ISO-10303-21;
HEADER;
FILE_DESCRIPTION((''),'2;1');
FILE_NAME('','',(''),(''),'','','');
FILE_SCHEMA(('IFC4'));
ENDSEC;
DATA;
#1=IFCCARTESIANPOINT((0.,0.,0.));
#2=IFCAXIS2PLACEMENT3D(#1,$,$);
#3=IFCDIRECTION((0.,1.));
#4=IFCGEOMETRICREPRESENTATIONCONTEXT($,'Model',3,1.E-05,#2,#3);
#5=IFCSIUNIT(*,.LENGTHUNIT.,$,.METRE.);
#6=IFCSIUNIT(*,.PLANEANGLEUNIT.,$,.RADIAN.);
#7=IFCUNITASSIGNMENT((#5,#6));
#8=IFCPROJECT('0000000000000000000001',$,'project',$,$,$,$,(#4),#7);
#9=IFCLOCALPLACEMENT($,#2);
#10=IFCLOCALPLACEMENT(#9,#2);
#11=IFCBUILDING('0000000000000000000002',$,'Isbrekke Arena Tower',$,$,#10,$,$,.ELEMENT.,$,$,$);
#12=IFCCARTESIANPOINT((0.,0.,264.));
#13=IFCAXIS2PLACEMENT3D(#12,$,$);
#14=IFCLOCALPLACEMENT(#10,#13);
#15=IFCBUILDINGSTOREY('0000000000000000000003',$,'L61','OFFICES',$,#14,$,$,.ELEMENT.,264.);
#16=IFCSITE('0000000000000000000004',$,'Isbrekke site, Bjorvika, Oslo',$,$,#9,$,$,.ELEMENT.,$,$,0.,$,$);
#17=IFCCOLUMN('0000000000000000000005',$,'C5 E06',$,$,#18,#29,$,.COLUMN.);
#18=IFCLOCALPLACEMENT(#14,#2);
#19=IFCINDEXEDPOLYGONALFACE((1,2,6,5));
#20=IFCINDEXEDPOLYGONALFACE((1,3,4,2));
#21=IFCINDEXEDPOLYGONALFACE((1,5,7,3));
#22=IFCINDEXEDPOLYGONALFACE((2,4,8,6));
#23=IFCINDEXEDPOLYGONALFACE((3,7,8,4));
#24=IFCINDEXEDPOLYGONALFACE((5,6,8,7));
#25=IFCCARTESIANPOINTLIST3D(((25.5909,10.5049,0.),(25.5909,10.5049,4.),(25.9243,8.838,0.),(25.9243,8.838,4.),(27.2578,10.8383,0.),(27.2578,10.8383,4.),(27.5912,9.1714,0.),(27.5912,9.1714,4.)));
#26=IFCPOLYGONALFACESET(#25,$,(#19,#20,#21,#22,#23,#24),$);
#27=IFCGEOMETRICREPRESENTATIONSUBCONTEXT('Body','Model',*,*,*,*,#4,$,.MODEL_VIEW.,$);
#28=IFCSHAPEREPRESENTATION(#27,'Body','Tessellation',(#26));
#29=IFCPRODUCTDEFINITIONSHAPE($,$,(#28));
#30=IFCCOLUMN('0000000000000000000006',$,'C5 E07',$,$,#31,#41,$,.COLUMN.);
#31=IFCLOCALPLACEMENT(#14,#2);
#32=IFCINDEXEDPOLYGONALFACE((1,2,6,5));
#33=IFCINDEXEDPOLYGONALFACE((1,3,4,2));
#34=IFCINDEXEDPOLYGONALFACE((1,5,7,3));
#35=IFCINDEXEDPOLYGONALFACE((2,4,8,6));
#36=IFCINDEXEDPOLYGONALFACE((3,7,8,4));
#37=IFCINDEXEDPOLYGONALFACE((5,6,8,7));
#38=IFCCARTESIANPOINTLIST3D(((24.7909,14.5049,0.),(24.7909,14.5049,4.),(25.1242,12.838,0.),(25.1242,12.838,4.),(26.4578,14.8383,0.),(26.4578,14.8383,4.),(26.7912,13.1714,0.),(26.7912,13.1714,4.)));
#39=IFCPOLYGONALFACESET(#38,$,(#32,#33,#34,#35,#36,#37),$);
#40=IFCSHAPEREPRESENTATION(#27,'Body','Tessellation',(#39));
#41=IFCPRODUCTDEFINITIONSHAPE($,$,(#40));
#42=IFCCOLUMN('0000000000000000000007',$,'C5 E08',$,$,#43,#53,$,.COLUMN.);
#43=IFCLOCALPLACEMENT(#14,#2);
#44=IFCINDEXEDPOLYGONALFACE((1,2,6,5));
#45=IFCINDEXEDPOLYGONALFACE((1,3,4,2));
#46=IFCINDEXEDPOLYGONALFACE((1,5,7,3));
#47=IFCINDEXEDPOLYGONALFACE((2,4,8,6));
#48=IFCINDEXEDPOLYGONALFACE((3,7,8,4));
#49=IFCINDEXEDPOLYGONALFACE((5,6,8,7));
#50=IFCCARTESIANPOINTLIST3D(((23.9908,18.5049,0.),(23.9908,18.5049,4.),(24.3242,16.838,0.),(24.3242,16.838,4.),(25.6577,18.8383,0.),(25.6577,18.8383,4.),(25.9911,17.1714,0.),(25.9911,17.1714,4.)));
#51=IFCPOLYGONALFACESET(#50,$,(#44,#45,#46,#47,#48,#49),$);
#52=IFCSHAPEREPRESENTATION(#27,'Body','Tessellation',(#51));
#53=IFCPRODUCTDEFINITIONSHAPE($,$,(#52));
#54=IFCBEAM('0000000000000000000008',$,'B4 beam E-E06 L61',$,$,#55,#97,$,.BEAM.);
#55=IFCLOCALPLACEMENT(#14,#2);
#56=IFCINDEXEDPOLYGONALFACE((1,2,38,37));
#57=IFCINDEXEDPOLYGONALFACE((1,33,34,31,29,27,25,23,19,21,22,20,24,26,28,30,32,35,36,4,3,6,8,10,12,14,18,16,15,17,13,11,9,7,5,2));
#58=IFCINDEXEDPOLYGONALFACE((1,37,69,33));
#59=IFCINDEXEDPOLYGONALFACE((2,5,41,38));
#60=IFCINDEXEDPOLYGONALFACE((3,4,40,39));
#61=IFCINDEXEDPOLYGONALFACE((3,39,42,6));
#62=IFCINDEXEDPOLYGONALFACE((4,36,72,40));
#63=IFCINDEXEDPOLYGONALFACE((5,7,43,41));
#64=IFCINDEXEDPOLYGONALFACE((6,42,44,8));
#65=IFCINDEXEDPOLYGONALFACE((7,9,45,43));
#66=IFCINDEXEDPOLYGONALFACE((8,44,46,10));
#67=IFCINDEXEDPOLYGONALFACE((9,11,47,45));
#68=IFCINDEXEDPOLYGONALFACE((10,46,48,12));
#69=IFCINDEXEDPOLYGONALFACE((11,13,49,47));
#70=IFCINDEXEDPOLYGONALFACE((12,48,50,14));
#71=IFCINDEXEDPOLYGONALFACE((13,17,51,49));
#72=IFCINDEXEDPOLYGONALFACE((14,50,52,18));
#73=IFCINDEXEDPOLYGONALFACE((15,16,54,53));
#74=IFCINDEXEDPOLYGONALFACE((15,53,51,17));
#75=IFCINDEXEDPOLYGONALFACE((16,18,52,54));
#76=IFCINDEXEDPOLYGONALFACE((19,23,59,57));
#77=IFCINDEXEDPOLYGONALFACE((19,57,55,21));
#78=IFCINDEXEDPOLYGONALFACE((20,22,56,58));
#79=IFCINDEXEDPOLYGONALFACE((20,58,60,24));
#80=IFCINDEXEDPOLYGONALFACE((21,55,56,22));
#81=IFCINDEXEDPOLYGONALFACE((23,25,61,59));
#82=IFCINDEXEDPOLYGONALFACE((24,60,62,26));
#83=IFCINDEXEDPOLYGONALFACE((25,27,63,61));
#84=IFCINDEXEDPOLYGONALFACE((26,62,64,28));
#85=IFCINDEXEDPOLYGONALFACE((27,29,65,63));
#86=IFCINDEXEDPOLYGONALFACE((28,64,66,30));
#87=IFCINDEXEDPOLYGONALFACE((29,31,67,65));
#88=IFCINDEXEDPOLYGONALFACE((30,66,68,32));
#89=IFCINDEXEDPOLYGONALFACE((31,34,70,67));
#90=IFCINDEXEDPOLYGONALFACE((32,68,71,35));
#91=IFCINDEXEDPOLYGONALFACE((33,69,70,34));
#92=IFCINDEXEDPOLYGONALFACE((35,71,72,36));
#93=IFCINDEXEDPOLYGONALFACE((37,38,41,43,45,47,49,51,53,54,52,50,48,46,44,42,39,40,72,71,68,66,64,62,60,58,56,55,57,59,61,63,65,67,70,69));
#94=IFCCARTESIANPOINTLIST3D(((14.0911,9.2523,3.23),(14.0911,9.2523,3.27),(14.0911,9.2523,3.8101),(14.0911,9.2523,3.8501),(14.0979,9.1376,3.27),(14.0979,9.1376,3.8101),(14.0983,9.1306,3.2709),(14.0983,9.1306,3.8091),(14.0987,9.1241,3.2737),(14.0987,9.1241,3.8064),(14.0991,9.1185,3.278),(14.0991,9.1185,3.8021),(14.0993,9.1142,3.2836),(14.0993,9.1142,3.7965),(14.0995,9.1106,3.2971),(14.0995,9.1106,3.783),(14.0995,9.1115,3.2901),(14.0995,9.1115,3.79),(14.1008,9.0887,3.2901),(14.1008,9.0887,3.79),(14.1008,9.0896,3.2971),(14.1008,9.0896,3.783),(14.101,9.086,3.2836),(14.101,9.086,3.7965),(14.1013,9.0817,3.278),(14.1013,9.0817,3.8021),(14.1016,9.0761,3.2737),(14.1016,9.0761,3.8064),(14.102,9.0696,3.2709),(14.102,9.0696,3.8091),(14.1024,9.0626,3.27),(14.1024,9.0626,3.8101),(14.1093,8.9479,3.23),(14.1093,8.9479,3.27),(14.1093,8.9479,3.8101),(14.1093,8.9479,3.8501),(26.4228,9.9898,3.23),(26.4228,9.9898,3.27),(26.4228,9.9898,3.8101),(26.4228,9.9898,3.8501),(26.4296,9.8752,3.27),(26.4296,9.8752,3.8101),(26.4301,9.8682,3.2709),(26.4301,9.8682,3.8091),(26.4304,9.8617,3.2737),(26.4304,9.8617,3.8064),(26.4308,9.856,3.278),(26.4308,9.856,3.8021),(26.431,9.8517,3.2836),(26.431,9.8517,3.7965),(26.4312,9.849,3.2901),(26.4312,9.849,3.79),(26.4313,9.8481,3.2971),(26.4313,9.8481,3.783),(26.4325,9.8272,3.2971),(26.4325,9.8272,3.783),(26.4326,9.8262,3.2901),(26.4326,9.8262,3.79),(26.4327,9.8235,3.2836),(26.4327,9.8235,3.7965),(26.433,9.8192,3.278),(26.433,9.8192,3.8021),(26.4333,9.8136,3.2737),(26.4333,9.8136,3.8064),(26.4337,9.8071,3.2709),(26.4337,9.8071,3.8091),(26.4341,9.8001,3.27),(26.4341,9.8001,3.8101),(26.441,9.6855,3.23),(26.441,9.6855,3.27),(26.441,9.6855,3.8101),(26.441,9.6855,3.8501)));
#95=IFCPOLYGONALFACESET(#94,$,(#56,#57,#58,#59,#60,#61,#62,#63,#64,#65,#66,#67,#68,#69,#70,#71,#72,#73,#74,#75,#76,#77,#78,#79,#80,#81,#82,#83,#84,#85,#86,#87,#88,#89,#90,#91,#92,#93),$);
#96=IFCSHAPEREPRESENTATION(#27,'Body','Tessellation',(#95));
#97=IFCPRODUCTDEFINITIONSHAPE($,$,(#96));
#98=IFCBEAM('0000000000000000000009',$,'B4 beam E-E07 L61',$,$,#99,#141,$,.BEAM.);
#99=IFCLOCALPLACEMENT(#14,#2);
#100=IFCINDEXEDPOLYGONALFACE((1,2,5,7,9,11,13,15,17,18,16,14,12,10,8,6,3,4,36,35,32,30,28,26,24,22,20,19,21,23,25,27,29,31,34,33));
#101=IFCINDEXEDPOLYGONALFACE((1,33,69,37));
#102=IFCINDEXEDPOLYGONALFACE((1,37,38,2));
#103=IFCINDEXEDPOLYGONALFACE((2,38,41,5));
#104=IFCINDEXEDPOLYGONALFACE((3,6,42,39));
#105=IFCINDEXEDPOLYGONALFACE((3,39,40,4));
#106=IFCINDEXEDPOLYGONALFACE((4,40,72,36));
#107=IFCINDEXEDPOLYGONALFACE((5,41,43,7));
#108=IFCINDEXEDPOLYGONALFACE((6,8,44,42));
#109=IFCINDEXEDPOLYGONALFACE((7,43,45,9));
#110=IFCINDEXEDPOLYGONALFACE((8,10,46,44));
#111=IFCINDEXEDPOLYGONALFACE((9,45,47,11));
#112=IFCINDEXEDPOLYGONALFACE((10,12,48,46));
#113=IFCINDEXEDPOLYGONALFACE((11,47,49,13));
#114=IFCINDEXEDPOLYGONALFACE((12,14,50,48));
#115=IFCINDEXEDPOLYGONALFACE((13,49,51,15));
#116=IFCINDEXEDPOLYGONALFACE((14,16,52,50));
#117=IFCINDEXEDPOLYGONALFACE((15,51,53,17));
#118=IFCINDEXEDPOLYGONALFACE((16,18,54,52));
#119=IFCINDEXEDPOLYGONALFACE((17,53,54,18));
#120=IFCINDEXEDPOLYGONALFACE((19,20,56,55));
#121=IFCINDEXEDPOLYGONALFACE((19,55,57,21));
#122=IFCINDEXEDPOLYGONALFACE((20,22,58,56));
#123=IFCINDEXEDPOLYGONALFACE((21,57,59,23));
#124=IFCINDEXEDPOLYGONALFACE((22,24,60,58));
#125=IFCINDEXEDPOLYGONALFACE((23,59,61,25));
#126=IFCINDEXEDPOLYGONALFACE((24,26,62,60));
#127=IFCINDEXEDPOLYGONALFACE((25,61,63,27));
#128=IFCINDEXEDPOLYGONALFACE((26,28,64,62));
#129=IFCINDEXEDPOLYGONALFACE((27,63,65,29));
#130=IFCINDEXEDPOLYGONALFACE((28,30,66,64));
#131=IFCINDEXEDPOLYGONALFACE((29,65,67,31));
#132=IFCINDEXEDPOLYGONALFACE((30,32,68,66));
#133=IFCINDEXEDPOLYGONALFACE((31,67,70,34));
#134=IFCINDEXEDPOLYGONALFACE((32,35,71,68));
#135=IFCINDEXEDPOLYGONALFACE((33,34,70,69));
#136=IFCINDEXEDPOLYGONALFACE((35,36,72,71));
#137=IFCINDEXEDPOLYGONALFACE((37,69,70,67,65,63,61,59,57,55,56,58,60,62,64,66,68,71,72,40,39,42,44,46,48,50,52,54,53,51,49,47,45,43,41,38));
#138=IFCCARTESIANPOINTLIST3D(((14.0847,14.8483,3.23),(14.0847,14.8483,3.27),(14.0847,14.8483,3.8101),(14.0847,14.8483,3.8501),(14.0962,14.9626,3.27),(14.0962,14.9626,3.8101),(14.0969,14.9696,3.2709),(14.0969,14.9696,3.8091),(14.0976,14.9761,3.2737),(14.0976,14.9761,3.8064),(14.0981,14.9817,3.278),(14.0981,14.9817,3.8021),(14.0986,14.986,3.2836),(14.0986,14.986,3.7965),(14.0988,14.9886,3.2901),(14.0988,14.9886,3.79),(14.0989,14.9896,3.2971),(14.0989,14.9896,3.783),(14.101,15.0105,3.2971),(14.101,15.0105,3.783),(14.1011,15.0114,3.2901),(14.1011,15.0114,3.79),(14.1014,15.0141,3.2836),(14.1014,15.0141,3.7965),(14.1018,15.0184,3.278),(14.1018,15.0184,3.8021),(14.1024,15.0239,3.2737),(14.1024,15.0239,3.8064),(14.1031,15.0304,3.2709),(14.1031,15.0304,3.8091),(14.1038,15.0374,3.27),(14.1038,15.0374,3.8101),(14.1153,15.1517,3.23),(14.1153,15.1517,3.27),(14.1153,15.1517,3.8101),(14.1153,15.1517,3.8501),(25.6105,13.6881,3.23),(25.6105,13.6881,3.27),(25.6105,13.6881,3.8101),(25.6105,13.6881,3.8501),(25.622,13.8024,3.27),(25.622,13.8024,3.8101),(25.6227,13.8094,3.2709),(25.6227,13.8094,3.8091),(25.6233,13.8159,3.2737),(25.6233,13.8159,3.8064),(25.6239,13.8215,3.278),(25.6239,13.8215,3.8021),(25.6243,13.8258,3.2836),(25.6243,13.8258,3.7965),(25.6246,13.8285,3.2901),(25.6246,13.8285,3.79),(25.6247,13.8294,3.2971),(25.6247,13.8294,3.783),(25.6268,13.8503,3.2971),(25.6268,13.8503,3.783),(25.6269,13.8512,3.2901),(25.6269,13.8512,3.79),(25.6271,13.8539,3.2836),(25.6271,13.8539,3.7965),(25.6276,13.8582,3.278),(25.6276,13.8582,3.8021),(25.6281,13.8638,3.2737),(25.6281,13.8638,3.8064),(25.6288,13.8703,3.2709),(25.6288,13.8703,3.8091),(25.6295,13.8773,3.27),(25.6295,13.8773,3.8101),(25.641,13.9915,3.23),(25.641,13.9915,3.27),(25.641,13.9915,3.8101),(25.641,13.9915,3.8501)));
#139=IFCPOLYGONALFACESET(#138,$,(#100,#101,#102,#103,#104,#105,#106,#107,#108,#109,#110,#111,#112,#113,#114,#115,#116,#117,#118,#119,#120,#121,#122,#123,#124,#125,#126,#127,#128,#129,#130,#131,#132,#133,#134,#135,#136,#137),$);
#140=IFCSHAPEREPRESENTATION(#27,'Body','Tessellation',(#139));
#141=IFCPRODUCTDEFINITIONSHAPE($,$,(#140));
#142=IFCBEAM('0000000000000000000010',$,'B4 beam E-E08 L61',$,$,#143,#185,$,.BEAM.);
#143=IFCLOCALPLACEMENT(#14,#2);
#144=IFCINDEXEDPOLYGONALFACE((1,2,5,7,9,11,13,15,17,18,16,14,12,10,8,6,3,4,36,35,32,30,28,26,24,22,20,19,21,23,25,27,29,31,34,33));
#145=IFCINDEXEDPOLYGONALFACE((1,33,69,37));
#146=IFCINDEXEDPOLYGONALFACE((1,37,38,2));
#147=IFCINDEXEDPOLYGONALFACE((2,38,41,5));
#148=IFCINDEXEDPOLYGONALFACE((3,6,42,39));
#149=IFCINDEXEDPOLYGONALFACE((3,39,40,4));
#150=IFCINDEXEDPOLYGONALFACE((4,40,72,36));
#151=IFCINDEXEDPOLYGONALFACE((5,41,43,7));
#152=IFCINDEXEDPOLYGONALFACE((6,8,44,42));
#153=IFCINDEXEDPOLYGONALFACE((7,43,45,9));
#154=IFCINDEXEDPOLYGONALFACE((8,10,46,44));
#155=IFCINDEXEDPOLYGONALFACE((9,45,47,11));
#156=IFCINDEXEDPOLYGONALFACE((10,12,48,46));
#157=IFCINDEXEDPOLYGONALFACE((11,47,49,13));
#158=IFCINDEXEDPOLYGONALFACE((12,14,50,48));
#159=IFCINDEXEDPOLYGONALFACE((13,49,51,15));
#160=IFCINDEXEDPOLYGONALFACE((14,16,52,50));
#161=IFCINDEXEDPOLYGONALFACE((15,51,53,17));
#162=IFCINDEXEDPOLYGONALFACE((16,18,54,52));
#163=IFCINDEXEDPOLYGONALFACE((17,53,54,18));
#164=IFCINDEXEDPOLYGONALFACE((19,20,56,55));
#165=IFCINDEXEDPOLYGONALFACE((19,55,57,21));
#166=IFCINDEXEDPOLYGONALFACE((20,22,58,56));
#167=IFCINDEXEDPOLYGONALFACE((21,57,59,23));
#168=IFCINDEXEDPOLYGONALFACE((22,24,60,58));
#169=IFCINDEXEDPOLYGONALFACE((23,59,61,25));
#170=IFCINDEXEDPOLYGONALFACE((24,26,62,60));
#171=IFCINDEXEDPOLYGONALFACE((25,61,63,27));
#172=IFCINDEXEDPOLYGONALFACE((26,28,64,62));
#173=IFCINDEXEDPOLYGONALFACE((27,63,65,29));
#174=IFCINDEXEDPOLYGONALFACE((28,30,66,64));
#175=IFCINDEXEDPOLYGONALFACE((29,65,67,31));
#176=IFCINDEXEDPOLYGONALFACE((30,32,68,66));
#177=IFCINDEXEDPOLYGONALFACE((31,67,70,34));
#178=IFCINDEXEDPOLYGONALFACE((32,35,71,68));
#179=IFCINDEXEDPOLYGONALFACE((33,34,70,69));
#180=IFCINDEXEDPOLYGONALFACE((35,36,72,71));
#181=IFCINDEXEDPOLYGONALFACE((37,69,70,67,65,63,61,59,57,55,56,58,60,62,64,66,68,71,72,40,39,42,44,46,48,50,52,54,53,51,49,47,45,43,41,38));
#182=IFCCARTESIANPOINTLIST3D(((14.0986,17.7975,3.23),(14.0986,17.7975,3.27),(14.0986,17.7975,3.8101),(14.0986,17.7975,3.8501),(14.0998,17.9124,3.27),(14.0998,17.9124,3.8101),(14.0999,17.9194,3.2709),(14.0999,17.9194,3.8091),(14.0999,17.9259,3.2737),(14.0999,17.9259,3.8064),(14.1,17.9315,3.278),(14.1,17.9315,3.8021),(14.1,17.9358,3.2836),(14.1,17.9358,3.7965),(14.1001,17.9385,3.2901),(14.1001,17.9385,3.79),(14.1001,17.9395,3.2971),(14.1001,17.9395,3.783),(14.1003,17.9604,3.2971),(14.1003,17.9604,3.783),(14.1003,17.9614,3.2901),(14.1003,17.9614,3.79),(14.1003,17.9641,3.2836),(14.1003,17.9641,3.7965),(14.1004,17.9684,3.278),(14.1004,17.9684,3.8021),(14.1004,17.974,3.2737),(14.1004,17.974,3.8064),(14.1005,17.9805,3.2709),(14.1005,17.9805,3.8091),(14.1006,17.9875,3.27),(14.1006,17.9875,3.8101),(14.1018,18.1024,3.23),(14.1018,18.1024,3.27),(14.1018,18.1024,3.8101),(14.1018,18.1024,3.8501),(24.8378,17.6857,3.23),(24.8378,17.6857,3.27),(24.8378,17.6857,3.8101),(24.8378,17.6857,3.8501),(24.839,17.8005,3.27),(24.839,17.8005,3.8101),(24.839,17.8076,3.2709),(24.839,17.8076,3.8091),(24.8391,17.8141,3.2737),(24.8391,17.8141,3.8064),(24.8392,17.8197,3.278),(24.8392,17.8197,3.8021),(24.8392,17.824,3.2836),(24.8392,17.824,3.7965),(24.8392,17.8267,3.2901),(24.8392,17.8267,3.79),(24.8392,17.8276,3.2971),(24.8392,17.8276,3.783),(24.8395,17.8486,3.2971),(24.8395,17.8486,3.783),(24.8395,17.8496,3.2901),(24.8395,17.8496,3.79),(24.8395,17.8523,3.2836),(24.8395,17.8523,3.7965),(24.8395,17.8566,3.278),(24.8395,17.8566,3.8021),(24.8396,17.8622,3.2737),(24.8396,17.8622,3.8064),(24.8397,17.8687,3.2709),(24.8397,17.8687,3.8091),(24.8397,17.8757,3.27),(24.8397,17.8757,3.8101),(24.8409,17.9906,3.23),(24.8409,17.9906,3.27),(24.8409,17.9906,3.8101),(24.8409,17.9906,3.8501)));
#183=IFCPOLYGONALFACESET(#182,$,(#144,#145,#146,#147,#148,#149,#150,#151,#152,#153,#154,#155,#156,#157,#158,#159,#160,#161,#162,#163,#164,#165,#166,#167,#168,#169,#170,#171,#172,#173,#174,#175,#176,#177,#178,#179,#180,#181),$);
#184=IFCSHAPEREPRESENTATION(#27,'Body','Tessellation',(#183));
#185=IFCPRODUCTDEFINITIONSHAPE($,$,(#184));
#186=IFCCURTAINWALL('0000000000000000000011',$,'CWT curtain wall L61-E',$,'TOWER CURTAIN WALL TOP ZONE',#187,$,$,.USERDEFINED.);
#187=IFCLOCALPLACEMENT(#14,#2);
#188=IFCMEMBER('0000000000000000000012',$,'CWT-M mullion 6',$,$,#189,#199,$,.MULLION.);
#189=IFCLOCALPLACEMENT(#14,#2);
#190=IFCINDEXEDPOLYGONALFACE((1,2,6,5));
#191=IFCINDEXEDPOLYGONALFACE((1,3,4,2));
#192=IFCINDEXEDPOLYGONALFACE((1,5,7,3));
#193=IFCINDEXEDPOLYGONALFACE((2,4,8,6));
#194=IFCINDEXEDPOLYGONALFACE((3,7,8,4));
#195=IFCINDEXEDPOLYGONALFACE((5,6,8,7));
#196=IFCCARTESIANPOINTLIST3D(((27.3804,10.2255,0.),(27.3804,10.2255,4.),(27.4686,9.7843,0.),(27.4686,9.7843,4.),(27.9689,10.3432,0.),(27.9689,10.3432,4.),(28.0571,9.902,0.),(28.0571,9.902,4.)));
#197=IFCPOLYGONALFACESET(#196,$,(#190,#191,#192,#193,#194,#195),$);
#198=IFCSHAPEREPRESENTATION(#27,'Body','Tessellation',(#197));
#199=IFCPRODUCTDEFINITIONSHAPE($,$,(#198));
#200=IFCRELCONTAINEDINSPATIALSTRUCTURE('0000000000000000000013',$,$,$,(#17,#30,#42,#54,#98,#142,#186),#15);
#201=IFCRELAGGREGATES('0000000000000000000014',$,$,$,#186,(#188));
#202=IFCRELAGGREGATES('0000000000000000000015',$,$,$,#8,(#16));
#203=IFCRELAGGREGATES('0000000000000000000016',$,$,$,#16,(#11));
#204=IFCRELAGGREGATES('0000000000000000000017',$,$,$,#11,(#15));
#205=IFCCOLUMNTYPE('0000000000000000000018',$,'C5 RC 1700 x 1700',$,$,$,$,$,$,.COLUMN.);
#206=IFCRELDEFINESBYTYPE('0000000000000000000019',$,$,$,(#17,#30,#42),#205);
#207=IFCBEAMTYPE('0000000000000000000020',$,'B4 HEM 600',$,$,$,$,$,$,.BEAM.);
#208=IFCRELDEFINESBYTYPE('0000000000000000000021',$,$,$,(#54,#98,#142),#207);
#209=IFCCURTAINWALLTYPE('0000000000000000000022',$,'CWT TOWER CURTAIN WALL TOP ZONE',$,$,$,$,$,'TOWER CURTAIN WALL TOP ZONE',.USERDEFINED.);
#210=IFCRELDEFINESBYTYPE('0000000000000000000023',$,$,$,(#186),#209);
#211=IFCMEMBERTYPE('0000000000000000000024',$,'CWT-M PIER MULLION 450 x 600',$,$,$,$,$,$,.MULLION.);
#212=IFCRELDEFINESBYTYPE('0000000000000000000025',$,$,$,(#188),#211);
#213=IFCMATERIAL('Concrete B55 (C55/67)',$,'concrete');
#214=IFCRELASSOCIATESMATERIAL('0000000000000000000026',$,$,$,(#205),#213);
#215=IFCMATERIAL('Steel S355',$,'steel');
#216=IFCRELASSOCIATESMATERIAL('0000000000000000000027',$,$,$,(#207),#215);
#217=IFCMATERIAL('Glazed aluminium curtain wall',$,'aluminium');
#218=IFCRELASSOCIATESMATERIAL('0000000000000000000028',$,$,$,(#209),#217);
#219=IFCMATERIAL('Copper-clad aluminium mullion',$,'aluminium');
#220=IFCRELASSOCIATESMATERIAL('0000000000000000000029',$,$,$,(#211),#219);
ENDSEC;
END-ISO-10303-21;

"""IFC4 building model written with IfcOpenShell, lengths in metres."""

from ifc_helpers import new_model, si_unit, direction, frame, origin, origin_2d, place, context, subcontext, project, spatial, rectangle, i_section, extrude, material, material_profile, profile_set, type_object, element, aggregate, save


model = new_model("IFC4")

# Units and contexts
model_context = context("Model", 3, precision=1e-05, world=origin(), true_north=direction((0.0, 1.0)))
body_context = subcontext(model_context, "Body", "Model", "MODEL_VIEW")
ifc_project = project(units=[si_unit("LENGTHUNIT", "METRE"), si_unit("PLANEANGLEUNIT", "RADIAN")], contexts=[model_context])

# Site, building, storey
site_placement = place(None, origin())
site = spatial("IfcSite", under=ifc_project, at=site_placement, Name="Isbrekke site, Bjorvika, Oslo", CompositionType="ELEMENT", RefElevation=0.0)
building_placement = place(site_placement, origin())
building = spatial("IfcBuilding", under=site, at=building_placement, Name="Isbrekke Arena Tower", CompositionType="ELEMENT")
storey_placement = place(building_placement, frame((0.0, 0.0, 264.0)))
storey = spatial("IfcBuildingStorey", under=building, at=storey_placement, Name="L61", Description="OFFICES", CompositionType="ELEMENT", Elevation=264.0)

# Columns
ifc_material_1 = material(Name="Concrete B55 (C55/67)", Category="concrete")
ifc_material_profile_1 = material_profile(ifc_material_1, rectangle(XDim=1.7, YDim=1.7, at=origin_2d()), Name="RC 1700x1700")
ifc_profile_set_1 = profile_set([ifc_material_profile_1], Name="Concrete B55 (C55/67)")
column_type = type_object("IfcColumnType", Name="C5 RC 1700 x 1700", PredefinedType="COLUMN", material=ifc_profile_set_1)
for number, where, z_axis, x_axis, name in (
    (1, (26.5911, 9.8381, 0.0), (0.0, 0.0, 1.0), (-0.196116, 0.980581, 0.0), "C5 E06"),
    (2, (25.791, 13.8381, 0.0), (0.0, 0.0, 1.0), (-0.196116, 0.980581, 0.0), "C5 E07"),
    (3, (24.991, 17.8381, 0.0), (0.0, 0.0, 1.0), (-0.196116, 0.980581, 0.0), "C5 E08"),
):
    element("IfcColumn", number, at=place(storey_placement, frame(where, z_axis=z_axis, x_axis=x_axis)), inside=storey, type_object=column_type, Name=name, PredefinedType="COLUMN", context=body_context, shape_type="SweptSolid", body=[
        extrude(rectangle(XDim=1.7, YDim=1.7, at=origin_2d()), origin(), (0.0, 0.0, 1.0), 4.0),
    ])

# Beams
ifc_material_2 = material(Name="Steel S355", Category="steel")
ifc_material_profile_2 = material_profile(ifc_material_2, i_section(OverallWidth=0.3049, OverallDepth=0.6201, WebThickness=0.021, FlangeThickness=0.04, FilletRadius=0.0271, at=origin_2d()), Name="HEM 600")
ifc_profile_set_2 = profile_set([ifc_material_profile_2], Name="Steel S355")
beam_type_1 = type_object("IfcBeamType", Name="B4 HEM 600", PredefinedType="BEAM", material=ifc_profile_set_2)
beam_1_placement = place(storey_placement, frame((26.4319, 9.8376, 3.54), z_axis=(-0.998216, -0.059702, 0.0), x_axis=(0.059702, -0.998216, 0.0)))
element("IfcBeam", 4, at=beam_1_placement, inside=storey, type_object=beam_type_1, Name="B4 beam E-E06 L61", PredefinedType="BEAM", context=body_context, shape_type="SweptSolid", body=[
    extrude(i_section(OverallWidth=0.3049, OverallDepth=0.6201, WebThickness=0.021, FlangeThickness=0.04, FilletRadius=0.0271, at=origin_2d()), origin(), (0.0, 0.0, 1.0), 12.3538),
])
beam_2_placement = place(storey_placement, frame((25.6257, 13.8398, 3.54), z_axis=(-0.994972, 0.100153, 0.0), x_axis=(-0.100153, -0.994972, 0.0)))
element("IfcBeam", 5, at=beam_2_placement, inside=storey, type_object=beam_type_1, Name="B4 beam E-E07 L61", PredefinedType="BEAM", context=body_context, shape_type="SweptSolid", body=[
    extrude(i_section(OverallWidth=0.3049, OverallDepth=0.6201, WebThickness=0.021, FlangeThickness=0.04, FilletRadius=0.0271, at=origin_2d()), origin(), (0.0, 0.0, 1.0), 11.584),
])
beam_3_placement = place(storey_placement, frame((24.8394, 17.8381, 3.54), z_axis=(-0.999946, 0.010411, 0.0), x_axis=(-0.010411, -0.999946, 0.0)))
element("IfcBeam", 6, at=beam_3_placement, inside=storey, type_object=beam_type_1, Name="B4 beam E-E08 L61", PredefinedType="BEAM", context=body_context, shape_type="SweptSolid", body=[
    extrude(i_section(OverallWidth=0.3049, OverallDepth=0.6201, WebThickness=0.021, FlangeThickness=0.04, FilletRadius=0.0271, at=origin_2d()), origin(), (0.0, 0.0, 1.0), 10.7397),
])

# Curtain wall, member
ifc_material_3 = material(Name="Glazed aluminium curtain wall", Category="aluminium")
curtain_wall_type = type_object("IfcCurtainWallType", Name="CWT TOWER CURTAIN WALL TOP ZONE", ElementType="TOWER CURTAIN WALL TOP ZONE", PredefinedType="USERDEFINED", material=ifc_material_3)
curtain_wall_placement = place(storey_placement, origin())
curtain_wall = element("IfcCurtainWall", 7, at=curtain_wall_placement, inside=storey, type_object=curtain_wall_type, Name="CWT curtain wall L61-E", ObjectType="TOWER CURTAIN WALL TOP ZONE", PredefinedType="USERDEFINED")
ifc_material_4 = material(Name="Copper-clad aluminium mullion", Category="aluminium")
ifc_material_profile_3 = material_profile(ifc_material_4, rectangle(XDim=0.45, YDim=0.6001, at=origin_2d()), Name="PIER 450X600")
ifc_profile_set_3 = profile_set([ifc_material_profile_3], Name="Copper-clad aluminium mullion")
member_type_1 = type_object("IfcMemberType", Name="CWT-M PIER MULLION 450 x 600", PredefinedType="MULLION", material=ifc_profile_set_3)
member_1_placement = place(storey_placement, frame((27.7188, 10.0637, 0.0), z_axis=(0.0, 0.0, 1.0), x_axis=(-0.196116, 0.980581, 0.0)))
member_1 = element("IfcMember", 8, at=member_1_placement, type_object=member_type_1, Name="CWT-M mullion 6", PredefinedType="MULLION", context=body_context, shape_type="SweptSolid", body=[
    extrude(rectangle(XDim=0.45, YDim=0.6001, at=origin_2d()), origin(), (0.0, 0.0, 1.0), 4.0),
])

aggregate(curtain_wall, [member_1])

save(model, "model.ifc")
